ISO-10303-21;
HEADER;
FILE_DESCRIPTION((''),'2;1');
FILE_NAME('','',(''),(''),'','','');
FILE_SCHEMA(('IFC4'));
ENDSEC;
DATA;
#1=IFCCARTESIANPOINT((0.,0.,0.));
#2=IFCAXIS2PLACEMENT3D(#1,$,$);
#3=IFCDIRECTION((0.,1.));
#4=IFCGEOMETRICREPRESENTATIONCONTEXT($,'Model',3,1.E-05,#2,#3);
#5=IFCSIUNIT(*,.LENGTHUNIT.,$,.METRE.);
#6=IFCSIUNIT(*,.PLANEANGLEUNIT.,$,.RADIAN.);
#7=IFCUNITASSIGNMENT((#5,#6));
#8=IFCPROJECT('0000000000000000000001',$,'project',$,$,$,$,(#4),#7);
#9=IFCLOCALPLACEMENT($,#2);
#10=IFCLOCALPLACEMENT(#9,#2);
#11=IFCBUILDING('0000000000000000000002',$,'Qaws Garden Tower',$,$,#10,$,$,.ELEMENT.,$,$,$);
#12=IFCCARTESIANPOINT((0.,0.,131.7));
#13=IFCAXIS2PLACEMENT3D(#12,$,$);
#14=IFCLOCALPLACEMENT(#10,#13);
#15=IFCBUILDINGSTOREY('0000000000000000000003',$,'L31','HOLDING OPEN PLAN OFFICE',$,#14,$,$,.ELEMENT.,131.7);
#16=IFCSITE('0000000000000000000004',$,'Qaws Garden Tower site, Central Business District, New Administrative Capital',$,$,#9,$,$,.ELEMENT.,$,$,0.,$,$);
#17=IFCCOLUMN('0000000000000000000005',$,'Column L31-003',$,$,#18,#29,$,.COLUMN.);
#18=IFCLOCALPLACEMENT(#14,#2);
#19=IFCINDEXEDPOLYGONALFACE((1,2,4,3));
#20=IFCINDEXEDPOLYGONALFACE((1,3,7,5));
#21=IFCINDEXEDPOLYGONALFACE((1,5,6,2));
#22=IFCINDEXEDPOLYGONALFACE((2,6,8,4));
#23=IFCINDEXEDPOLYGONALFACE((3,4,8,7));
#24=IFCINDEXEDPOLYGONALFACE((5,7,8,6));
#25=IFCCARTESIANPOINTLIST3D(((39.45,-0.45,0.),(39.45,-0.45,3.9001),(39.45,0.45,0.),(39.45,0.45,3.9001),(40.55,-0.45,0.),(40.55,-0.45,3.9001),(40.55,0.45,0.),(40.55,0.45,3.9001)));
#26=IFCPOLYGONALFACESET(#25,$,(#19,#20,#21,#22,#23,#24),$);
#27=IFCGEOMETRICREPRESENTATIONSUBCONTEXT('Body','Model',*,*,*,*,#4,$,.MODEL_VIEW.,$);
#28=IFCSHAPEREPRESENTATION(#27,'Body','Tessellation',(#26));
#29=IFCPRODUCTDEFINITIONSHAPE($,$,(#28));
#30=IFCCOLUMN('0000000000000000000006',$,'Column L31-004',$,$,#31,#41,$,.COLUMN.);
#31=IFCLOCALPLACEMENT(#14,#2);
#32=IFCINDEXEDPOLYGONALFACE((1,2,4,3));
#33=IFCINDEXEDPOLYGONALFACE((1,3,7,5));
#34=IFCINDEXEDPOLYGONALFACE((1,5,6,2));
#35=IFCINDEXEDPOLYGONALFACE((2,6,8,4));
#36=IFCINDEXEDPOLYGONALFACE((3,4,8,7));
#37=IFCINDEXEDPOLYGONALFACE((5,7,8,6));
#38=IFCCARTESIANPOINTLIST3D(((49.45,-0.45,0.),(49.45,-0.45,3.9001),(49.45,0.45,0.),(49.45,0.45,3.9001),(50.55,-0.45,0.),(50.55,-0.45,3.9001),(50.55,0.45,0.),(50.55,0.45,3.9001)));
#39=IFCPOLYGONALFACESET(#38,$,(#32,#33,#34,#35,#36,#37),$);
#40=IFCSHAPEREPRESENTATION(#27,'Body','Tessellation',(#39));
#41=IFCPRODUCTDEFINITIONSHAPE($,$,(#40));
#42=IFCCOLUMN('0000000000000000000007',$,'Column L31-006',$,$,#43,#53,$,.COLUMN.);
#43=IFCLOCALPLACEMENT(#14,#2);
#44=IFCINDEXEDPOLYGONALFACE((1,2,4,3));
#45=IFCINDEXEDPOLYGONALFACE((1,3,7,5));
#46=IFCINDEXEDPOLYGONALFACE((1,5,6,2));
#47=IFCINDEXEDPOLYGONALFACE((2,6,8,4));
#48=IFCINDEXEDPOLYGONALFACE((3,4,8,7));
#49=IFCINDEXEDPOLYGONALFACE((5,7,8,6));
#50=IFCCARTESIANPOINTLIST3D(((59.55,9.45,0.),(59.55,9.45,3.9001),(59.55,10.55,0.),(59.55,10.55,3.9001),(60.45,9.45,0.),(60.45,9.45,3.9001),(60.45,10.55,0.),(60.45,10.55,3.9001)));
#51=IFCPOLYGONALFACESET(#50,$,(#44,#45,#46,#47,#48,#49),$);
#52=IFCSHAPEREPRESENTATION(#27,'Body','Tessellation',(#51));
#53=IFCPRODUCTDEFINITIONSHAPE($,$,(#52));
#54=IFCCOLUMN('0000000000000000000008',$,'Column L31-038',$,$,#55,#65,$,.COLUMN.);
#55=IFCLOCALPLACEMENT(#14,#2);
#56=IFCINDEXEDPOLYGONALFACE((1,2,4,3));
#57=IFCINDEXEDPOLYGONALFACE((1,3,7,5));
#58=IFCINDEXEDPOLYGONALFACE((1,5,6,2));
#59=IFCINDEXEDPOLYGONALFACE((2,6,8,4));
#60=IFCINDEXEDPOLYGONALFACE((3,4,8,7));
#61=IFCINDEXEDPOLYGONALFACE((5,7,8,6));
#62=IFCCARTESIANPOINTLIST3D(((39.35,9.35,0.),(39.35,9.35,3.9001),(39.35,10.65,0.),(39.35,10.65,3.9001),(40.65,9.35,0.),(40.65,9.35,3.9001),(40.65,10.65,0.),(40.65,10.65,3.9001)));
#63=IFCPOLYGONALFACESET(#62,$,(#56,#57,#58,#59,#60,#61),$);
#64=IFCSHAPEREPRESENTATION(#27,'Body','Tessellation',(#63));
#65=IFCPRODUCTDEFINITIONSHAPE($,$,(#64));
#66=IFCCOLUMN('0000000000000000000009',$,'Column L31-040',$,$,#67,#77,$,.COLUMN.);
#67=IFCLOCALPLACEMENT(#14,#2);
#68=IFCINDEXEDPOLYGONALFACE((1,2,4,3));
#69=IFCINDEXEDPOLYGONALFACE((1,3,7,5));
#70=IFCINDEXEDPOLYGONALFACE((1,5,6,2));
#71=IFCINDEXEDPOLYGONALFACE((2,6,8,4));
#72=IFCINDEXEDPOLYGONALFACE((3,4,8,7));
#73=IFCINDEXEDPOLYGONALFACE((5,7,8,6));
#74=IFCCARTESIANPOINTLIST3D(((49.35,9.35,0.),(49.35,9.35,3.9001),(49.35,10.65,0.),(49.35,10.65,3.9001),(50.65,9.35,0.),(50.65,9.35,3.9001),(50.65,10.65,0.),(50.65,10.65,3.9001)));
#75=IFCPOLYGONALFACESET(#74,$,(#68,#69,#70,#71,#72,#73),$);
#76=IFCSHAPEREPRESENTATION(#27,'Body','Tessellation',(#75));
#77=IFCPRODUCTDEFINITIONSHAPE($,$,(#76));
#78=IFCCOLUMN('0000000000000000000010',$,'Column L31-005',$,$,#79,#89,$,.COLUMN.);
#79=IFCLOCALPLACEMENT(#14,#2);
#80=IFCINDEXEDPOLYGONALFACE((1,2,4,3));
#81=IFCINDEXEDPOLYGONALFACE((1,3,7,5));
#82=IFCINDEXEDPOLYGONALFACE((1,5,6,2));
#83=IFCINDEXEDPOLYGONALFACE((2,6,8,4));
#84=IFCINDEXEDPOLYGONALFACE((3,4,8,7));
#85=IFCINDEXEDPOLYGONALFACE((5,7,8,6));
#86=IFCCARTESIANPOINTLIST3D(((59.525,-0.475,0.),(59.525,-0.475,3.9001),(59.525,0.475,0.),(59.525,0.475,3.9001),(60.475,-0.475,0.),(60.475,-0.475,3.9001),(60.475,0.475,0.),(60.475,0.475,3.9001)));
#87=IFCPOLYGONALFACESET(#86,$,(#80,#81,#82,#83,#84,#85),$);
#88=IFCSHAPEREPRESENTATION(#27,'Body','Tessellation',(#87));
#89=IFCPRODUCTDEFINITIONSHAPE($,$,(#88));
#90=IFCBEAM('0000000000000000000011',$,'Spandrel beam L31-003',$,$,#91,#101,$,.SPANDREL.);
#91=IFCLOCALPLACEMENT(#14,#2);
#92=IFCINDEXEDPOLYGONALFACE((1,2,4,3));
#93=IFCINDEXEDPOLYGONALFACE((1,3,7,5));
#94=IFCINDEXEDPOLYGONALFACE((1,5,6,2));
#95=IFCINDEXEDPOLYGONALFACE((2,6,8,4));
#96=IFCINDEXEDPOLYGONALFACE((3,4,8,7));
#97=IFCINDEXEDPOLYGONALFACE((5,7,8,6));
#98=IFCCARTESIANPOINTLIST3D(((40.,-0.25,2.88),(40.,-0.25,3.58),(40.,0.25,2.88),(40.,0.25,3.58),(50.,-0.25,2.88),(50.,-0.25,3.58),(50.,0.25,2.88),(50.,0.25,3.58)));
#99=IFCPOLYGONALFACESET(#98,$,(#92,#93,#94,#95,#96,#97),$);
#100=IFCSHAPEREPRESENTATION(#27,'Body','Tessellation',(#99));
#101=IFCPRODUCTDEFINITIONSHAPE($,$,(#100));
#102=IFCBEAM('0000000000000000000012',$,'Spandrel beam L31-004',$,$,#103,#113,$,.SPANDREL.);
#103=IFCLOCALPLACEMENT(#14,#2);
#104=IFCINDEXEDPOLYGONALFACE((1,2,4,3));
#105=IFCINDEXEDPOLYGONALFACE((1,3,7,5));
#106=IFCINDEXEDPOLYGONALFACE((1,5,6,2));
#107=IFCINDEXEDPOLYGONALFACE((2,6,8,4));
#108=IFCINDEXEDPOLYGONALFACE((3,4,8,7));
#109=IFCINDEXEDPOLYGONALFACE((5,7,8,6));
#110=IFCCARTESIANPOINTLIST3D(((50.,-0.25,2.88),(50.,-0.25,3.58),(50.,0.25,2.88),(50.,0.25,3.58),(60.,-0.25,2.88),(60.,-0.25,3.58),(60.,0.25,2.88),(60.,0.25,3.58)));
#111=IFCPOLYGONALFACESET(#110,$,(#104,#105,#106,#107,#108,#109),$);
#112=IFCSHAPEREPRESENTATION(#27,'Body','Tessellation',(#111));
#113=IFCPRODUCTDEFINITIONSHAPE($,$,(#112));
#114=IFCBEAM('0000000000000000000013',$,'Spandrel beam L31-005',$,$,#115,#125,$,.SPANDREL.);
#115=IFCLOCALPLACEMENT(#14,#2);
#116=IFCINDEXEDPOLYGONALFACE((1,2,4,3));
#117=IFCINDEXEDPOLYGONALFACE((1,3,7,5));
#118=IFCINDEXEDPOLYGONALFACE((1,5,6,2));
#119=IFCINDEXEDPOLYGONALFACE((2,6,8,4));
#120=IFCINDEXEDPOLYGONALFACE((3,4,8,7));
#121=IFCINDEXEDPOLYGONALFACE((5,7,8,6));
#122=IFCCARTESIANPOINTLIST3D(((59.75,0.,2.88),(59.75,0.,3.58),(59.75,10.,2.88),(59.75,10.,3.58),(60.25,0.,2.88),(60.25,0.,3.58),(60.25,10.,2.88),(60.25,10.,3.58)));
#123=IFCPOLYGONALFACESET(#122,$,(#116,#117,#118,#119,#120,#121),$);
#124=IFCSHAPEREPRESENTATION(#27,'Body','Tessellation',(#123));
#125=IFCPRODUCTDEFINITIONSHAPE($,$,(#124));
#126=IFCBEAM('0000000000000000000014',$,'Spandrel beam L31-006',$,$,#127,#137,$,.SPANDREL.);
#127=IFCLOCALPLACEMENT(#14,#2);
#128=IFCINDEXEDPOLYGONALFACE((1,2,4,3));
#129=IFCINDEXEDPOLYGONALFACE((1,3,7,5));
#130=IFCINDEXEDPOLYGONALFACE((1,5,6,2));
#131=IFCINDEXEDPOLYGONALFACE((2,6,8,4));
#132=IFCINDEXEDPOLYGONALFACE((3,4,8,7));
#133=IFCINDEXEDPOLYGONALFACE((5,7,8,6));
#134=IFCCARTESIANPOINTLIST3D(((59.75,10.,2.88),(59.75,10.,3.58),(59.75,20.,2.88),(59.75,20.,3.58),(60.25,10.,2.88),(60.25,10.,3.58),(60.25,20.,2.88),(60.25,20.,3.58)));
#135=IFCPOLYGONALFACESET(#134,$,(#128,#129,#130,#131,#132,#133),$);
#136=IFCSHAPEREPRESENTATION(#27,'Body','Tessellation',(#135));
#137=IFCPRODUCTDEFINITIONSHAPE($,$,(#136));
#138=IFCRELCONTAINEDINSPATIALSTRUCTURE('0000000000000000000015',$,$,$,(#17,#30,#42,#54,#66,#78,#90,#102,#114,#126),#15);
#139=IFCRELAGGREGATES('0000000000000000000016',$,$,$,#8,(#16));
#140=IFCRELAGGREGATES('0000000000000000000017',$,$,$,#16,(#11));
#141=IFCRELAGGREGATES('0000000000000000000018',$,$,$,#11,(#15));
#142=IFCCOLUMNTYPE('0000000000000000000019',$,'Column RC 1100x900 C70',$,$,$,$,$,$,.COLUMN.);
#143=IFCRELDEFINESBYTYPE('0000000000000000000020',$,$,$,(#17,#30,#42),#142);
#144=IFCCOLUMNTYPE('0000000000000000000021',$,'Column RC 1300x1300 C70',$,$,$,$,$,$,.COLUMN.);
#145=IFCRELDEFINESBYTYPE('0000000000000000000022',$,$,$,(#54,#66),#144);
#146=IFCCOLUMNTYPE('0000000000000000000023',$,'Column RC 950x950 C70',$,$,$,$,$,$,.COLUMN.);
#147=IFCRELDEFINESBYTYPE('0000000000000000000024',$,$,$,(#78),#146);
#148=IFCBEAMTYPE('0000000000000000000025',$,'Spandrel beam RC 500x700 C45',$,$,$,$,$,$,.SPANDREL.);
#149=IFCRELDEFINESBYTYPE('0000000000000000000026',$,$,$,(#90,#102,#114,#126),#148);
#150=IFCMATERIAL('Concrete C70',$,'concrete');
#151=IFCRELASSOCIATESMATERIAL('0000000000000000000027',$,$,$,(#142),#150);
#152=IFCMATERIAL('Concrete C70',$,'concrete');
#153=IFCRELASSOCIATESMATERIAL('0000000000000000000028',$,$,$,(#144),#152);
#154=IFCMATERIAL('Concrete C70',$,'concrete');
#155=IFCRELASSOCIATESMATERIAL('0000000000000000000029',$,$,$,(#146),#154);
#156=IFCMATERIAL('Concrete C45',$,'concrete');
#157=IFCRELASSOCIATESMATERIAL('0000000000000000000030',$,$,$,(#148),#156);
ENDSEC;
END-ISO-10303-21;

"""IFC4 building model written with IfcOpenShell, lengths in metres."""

from ifc_helpers import new_model, si_unit, direction, frame, origin, origin_2d, place, context, subcontext, project, spatial, rectangle, extrude, material, material_profile, profile_set, type_object, element, save


model = new_model("IFC4")

# Units and contexts
model_context = context("Model", 3, precision=1e-05, world=origin(), true_north=direction((0.0, 1.0)))
body_context = subcontext(model_context, "Body", "Model", "MODEL_VIEW")
ifc_project = project(units=[si_unit("LENGTHUNIT", "METRE"), si_unit("PLANEANGLEUNIT", "RADIAN")], contexts=[model_context])

# Site, building, storey
site_placement = place(None, origin())
site = spatial("IfcSite", under=ifc_project, at=site_placement, Name="Qaws Garden Tower site, Central Business District, New Administrative Capital", CompositionType="ELEMENT", RefElevation=0.0)
building_placement = place(site_placement, origin())
building = spatial("IfcBuilding", under=site, at=building_placement, Name="Qaws Garden Tower", CompositionType="ELEMENT")
storey_placement = place(building_placement, frame((0.0, 0.0, 131.7)))
storey = spatial("IfcBuildingStorey", under=building, at=storey_placement, Name="L31", Description="HOLDING OPEN PLAN OFFICE", CompositionType="ELEMENT", Elevation=131.7)

# Columns
ifc_material_1 = material(Name="Concrete C70", Category="concrete")
ifc_material_profile_1 = material_profile(ifc_material_1, rectangle(XDim=1.1001, YDim=0.8999, at=origin_2d()), Name="RC 1100x900")
ifc_profile_set_1 = profile_set([ifc_material_profile_1], Name="Concrete C70")
column_type_1 = type_object("IfcColumnType", Name="Column RC 1100x900 C70", PredefinedType="COLUMN", material=ifc_profile_set_1)
for number, where, z_axis, x_axis, name in (
    (1, (40.0, 0.0, 0.0), (0.0, 0.0, 1.0), (1.0, 0.0, 0.0), "Column L31-003"),
    (2, (50.0, 0.0, 0.0), (0.0, 0.0, 1.0), (1.0, 0.0, 0.0), "Column L31-004"),
    (3, (60.0, 10.0, 0.0), (0.0, 0.0, 1.0), (0.0, 1.0, 0.0), "Column L31-006"),
):
    element("IfcColumn", number, at=place(storey_placement, frame(where, z_axis=z_axis, x_axis=x_axis)), inside=storey, type_object=column_type_1, Name=name, PredefinedType="COLUMN", context=body_context, shape_type="SweptSolid", body=[
        extrude(rectangle(XDim=1.1001, YDim=0.8999, at=origin_2d()), origin(), (0.0, 0.0, 1.0), 3.9001),
    ])
ifc_material_2 = material(Name="Concrete C70", Category="concrete")
ifc_material_profile_2 = material_profile(ifc_material_2, rectangle(XDim=1.3, YDim=1.3, at=origin_2d()), Name="RC 1300x1300")
ifc_profile_set_2 = profile_set([ifc_material_profile_2], Name="Concrete C70")
column_type_2 = type_object("IfcColumnType", Name="Column RC 1300x1300 C70", PredefinedType="COLUMN", material=ifc_profile_set_2)
for number, where, z_axis, x_axis, name in (
    (4, (40.0, 10.0, 0.0), (0.0, 0.0, 1.0), (1.0, 0.0, 0.0), "Column L31-038"),
    (5, (50.0, 10.0, 0.0), (0.0, 0.0, 1.0), (1.0, 0.0, 0.0), "Column L31-040"),
):
    element("IfcColumn", number, at=place(storey_placement, frame(where, z_axis=z_axis, x_axis=x_axis)), inside=storey, type_object=column_type_2, Name=name, PredefinedType="COLUMN", context=body_context, shape_type="SweptSolid", body=[
        extrude(rectangle(XDim=1.3, YDim=1.3, at=origin_2d()), origin(), (0.0, 0.0, 1.0), 3.9001),
    ])
ifc_material_3 = material(Name="Concrete C70", Category="concrete")
ifc_material_profile_3 = material_profile(ifc_material_3, rectangle(XDim=0.95, YDim=0.95, at=origin_2d()), Name="RC 950x950")
ifc_profile_set_3 = profile_set([ifc_material_profile_3], Name="Concrete C70")
column_type_3 = type_object("IfcColumnType", Name="Column RC 950x950 C70", PredefinedType="COLUMN", material=ifc_profile_set_3)
column_placement = place(storey_placement, frame((60.0, 0.0, 0.0), z_axis=(0.0, 0.0, 1.0), x_axis=(1.0, 0.0, 0.0)))
element("IfcColumn", 6, at=column_placement, inside=storey, type_object=column_type_3, Name="Column L31-005", PredefinedType="COLUMN", context=body_context, shape_type="SweptSolid", body=[
    extrude(rectangle(XDim=0.95, YDim=0.95, at=origin_2d()), origin(), (0.0, 0.0, 1.0), 3.9001),
])

# Beams
ifc_material_4 = material(Name="Concrete C45", Category="concrete")
ifc_material_profile_4 = material_profile(ifc_material_4, rectangle(XDim=0.5, YDim=0.7, at=origin_2d()), Name="RC 500x700")
ifc_profile_set_4 = profile_set([ifc_material_profile_4], Name="Concrete C45")
beam_type = type_object("IfcBeamType", Name="Spandrel beam RC 500x700 C45", PredefinedType="SPANDREL", material=ifc_profile_set_4)
for number, where, z_axis, x_axis, name in (
    (7, (40.0, 0.0, 3.23), (1.0, 0.0, 0.0), (0.0, 1.0, 0.0), "Spandrel beam L31-003"),
    (8, (50.0, 0.0, 3.23), (1.0, 0.0, 0.0), (0.0, 1.0, 0.0), "Spandrel beam L31-004"),
    (9, (60.0, 0.0, 3.23), (0.0, 1.0, 0.0), (-1.0, 0.0, 0.0), "Spandrel beam L31-005"),
    (10, (60.0, 10.0, 3.23), (0.0, 1.0, 0.0), (-1.0, 0.0, 0.0), "Spandrel beam L31-006"),
):
    element("IfcBeam", number, at=place(storey_placement, frame(where, z_axis=z_axis, x_axis=x_axis)), inside=storey, type_object=beam_type, Name=name, PredefinedType="SPANDREL", context=body_context, shape_type="SweptSolid", body=[
        extrude(rectangle(XDim=0.5, YDim=0.7, at=origin_2d()), origin(), (0.0, 0.0, 1.0), 10.0),
    ])

save(model, "model.ifc")
